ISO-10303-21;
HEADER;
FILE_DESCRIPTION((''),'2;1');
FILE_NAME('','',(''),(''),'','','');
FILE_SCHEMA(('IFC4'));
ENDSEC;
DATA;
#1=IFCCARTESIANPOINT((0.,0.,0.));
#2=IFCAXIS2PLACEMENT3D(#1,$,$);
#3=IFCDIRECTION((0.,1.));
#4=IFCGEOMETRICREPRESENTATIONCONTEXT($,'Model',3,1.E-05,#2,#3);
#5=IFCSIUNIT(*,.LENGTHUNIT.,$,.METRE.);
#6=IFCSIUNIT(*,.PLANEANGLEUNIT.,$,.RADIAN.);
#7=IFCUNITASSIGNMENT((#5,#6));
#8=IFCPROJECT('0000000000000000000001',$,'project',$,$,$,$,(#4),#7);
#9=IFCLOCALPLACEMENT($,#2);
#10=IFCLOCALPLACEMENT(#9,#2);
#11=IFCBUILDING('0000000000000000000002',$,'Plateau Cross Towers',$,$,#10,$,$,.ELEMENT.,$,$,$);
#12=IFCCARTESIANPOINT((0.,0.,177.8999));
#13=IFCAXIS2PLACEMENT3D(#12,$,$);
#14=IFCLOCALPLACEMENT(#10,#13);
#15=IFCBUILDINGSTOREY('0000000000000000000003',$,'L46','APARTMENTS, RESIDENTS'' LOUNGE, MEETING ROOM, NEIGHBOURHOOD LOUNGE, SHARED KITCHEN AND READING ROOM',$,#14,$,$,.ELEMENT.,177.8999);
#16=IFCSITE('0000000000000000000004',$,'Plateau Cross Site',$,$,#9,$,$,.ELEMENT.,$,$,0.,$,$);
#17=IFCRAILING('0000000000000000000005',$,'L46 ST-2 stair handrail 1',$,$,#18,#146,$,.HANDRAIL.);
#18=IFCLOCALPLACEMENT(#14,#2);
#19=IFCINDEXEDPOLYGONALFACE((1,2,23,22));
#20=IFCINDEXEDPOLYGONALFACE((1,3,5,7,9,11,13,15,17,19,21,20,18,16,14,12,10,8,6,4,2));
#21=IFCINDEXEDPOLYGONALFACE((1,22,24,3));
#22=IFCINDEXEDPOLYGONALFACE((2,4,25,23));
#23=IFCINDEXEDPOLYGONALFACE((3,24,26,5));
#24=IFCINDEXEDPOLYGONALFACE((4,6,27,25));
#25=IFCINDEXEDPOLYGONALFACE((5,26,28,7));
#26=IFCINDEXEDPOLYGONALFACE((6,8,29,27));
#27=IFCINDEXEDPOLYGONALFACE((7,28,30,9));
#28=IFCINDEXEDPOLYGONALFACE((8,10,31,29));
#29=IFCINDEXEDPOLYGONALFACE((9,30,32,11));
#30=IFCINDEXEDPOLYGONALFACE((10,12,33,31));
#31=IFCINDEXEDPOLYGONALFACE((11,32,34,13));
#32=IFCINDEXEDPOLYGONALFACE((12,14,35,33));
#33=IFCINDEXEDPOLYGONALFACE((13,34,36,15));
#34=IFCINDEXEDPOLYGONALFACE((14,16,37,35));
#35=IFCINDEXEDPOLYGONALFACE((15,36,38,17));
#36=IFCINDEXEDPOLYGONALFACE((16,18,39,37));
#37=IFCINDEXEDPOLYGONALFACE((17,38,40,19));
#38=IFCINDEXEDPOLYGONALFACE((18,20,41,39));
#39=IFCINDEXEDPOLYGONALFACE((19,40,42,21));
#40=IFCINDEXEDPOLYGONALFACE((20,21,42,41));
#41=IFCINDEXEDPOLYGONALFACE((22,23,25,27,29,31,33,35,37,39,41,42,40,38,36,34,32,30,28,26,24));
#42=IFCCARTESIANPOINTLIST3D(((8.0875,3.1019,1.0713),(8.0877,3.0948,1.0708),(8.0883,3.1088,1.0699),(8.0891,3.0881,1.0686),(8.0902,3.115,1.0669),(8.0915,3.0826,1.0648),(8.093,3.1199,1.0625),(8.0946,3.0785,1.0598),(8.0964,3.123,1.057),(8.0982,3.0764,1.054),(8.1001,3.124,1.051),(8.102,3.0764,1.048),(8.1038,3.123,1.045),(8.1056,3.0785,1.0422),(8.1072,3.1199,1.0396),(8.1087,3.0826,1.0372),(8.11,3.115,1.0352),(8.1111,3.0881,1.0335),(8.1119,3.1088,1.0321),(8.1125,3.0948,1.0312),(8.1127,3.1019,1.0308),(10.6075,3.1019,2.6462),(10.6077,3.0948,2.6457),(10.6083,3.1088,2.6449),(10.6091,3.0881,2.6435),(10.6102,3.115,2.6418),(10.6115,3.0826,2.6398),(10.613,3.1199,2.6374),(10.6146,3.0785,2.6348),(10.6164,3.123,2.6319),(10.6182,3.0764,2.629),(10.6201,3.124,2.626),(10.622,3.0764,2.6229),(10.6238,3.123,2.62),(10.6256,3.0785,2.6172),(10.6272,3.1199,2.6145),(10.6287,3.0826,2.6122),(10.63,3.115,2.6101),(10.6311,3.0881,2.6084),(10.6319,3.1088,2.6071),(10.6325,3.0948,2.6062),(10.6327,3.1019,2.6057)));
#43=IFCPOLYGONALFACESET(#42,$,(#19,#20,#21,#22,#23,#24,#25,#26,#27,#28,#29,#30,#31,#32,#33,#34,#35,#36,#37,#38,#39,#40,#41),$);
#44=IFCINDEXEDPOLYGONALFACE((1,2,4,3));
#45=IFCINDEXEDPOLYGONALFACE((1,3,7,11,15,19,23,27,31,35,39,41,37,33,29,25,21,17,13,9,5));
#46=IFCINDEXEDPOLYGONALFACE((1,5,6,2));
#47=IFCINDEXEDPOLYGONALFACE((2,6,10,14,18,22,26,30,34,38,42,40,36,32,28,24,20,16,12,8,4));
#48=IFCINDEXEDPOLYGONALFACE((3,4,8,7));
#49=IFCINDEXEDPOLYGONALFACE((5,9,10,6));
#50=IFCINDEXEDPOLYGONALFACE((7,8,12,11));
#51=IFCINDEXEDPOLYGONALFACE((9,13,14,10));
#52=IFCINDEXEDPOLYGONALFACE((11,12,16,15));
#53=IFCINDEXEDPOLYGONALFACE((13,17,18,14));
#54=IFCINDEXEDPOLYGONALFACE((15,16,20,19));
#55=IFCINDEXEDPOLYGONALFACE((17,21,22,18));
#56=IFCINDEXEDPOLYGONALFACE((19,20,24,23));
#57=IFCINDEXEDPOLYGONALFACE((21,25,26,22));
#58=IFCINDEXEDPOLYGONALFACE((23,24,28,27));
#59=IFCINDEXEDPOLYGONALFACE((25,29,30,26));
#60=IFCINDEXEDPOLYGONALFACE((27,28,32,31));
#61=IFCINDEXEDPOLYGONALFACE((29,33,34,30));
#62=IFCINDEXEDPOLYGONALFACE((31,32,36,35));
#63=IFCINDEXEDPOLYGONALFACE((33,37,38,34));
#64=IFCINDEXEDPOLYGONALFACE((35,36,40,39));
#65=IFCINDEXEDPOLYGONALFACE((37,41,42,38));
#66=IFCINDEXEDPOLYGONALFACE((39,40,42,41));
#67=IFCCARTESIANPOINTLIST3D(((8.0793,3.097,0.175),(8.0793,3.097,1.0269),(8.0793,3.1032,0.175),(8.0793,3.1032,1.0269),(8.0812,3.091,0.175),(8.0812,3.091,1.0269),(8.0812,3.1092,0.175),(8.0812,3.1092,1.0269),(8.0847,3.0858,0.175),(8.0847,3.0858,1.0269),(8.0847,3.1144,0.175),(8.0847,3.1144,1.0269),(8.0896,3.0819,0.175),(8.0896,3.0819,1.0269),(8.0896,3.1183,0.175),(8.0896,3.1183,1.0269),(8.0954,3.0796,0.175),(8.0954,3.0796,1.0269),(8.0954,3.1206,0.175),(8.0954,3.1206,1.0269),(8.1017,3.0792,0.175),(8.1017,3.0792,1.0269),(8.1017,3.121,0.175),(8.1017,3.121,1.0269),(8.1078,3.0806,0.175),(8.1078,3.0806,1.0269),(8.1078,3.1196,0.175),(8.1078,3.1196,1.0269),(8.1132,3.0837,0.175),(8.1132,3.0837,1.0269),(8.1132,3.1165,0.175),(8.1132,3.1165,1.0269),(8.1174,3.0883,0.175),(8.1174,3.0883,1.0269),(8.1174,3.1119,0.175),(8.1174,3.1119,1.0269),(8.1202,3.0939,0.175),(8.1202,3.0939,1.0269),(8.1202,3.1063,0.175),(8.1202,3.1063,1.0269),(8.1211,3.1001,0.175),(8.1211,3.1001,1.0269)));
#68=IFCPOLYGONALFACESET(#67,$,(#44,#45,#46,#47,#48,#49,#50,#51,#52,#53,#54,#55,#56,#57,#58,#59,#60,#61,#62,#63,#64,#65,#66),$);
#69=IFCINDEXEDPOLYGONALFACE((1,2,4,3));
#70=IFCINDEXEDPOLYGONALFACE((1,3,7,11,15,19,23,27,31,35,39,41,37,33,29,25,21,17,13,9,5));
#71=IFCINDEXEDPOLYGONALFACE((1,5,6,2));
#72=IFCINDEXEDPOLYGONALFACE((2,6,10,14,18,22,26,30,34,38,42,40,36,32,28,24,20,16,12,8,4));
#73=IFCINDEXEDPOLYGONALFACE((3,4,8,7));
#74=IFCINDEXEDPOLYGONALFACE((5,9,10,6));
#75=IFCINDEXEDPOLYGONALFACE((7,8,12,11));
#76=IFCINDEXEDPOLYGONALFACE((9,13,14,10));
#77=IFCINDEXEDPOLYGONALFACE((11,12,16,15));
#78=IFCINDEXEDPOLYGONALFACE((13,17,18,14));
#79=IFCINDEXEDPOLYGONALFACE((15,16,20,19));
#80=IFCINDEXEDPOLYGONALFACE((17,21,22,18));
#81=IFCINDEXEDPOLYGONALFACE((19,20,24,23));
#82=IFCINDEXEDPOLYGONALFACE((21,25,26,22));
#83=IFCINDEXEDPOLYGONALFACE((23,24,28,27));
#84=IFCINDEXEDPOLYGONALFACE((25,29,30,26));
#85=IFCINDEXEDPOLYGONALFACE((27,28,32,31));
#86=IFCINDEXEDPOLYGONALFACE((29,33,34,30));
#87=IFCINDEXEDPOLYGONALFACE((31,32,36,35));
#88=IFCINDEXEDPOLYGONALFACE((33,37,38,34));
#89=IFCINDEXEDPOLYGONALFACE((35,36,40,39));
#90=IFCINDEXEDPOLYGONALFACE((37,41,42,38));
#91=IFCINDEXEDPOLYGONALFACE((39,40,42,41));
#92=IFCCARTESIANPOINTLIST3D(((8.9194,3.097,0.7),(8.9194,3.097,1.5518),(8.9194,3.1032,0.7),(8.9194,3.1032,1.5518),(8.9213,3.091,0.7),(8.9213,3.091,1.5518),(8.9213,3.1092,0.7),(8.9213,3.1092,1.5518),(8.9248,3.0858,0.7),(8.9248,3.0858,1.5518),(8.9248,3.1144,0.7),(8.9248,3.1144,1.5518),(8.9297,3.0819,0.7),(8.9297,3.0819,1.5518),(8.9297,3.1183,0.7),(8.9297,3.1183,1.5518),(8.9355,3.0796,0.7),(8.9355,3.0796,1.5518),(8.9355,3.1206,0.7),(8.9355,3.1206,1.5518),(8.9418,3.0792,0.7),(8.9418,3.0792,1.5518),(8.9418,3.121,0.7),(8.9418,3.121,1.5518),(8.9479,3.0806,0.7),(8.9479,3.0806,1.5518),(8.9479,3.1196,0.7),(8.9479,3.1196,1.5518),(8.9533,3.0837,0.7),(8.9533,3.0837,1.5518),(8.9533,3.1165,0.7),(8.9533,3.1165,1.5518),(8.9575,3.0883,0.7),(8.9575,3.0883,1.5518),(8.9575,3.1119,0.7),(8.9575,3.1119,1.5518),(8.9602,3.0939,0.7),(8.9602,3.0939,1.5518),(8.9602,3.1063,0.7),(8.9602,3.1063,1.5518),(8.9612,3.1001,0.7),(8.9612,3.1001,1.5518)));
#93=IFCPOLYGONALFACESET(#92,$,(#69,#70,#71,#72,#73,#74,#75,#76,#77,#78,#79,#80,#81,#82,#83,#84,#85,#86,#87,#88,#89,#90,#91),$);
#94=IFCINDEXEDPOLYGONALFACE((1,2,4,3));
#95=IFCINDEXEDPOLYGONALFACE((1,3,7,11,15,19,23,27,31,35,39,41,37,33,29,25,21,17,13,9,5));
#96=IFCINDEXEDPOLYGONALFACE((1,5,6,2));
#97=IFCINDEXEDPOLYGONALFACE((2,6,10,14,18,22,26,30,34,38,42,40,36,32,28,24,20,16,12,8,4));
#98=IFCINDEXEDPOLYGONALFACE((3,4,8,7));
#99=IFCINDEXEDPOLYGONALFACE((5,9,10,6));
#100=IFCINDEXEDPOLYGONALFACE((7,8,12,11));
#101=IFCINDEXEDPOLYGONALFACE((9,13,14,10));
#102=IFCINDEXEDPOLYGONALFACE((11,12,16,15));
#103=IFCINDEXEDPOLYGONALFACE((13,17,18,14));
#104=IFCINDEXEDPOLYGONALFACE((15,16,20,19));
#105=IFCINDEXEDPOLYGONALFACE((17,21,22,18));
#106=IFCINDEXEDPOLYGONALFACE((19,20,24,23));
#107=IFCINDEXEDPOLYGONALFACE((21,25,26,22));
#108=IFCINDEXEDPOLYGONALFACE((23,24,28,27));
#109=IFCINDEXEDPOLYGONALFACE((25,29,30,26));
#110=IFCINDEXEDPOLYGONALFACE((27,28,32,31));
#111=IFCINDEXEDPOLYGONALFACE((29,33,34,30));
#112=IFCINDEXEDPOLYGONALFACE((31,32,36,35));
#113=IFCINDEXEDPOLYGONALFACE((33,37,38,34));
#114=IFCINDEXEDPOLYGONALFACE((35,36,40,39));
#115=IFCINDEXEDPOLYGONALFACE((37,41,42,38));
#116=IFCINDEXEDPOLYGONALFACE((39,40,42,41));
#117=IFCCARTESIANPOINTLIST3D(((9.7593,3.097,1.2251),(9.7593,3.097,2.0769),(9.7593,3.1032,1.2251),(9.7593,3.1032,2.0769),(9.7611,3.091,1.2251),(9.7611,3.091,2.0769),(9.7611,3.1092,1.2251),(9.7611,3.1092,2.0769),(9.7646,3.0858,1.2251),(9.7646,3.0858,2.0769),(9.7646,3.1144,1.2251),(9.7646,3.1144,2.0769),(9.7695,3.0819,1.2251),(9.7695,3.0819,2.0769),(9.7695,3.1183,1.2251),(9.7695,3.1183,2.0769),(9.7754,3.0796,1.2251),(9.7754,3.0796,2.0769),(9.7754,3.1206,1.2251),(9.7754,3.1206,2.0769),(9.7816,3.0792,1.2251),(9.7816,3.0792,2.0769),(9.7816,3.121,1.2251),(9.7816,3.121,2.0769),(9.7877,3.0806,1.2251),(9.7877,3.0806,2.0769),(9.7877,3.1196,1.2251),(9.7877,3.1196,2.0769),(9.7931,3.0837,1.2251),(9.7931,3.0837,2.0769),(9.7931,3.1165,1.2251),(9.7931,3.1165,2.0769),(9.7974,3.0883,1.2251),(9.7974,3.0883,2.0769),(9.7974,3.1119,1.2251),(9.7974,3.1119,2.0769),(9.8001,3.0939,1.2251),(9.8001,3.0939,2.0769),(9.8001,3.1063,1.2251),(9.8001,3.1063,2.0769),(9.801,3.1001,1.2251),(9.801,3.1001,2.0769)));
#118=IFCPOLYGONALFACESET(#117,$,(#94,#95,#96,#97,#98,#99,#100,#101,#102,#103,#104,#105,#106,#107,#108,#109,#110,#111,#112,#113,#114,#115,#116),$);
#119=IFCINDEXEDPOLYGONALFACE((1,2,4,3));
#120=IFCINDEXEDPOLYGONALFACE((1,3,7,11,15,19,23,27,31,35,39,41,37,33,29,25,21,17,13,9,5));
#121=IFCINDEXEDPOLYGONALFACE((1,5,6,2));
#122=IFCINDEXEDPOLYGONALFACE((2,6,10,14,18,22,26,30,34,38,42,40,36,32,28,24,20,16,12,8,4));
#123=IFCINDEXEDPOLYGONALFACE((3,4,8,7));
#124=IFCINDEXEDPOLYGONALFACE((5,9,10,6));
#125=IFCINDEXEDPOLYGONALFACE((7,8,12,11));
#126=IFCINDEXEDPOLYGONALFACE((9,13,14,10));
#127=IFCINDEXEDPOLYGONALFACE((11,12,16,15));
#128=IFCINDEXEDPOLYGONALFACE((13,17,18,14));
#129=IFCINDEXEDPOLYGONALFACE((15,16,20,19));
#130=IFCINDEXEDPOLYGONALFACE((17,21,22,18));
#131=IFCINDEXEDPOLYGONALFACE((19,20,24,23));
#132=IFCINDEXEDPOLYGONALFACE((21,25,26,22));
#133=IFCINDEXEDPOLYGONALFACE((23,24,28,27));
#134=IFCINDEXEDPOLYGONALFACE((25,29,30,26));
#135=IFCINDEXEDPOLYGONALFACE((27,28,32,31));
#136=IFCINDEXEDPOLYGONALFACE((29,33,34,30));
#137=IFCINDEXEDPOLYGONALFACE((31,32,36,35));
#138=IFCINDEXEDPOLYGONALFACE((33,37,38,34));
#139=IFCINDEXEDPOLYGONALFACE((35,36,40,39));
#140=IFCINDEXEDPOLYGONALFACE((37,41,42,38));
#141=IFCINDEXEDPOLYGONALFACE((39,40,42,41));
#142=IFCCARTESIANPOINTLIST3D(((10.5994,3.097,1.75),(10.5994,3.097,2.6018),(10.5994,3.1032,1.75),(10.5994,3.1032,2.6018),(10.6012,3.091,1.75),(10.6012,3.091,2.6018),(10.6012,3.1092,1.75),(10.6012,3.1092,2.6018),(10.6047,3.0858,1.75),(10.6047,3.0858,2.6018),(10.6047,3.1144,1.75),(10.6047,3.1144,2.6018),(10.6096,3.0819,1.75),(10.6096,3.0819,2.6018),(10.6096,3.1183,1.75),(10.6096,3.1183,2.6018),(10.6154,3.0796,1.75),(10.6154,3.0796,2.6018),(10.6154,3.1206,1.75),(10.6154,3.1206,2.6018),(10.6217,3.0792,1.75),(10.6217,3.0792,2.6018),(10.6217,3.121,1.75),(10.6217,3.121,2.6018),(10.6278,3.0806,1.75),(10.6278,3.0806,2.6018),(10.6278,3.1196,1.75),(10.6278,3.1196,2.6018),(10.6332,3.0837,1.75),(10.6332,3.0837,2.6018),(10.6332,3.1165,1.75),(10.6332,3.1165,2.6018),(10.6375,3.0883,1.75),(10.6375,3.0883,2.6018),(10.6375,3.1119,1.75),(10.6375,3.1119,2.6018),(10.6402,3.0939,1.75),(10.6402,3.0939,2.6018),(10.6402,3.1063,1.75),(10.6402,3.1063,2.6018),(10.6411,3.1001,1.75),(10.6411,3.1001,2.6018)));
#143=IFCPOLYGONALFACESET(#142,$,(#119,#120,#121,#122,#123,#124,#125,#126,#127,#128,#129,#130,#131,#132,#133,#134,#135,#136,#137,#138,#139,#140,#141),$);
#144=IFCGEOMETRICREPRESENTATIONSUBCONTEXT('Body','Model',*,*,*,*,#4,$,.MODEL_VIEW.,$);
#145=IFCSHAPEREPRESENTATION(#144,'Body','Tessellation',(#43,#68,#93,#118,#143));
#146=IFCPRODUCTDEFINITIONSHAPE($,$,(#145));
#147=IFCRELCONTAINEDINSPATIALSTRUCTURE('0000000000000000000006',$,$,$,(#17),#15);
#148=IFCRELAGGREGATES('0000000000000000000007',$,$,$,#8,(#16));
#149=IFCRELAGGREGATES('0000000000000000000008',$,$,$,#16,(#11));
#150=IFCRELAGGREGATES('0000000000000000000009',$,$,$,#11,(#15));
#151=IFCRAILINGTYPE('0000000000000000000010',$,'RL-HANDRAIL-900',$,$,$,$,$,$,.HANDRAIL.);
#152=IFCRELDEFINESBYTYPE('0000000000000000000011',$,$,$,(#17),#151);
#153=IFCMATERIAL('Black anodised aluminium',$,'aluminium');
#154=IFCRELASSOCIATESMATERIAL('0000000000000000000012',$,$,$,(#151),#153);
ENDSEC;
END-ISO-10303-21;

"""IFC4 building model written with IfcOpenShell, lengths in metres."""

from ifc_helpers import new_model, si_unit, direction, frame, origin, origin_2d, place, context, subcontext, project, spatial, circle, extrude, material, type_object, element, save


model = new_model("IFC4")

# Units and contexts
model_context = context("Model", 3, precision=1e-05, world=origin(), true_north=direction((0.0, 1.0)))
body_context = subcontext(model_context, "Body", "Model", "MODEL_VIEW")
ifc_project = project(units=[si_unit("LENGTHUNIT", "METRE"), si_unit("PLANEANGLEUNIT", "RADIAN")], contexts=[model_context])

# Site, building, storey
site_placement = place(None, origin())
site = spatial("IfcSite", under=ifc_project, at=site_placement, Name="Plateau Cross Site", CompositionType="ELEMENT", RefElevation=0.0)
building_placement = place(site_placement, origin())
building = spatial("IfcBuilding", under=site, at=building_placement, Name="Plateau Cross Towers", CompositionType="ELEMENT")
storey_placement = place(building_placement, frame((0.0, 0.0, 177.8999)))
storey = spatial("IfcBuildingStorey", under=building, at=storey_placement, Name="L46", Description="APARTMENTS, RESIDENTS' LOUNGE, MEETING ROOM, NEIGHBOURHOOD LOUNGE, SHARED KITCHEN AND READING ROOM", CompositionType="ELEMENT", Elevation=177.8999)

# Shared definitions
ifc_material_1 = material(Name="Black anodised aluminium", Category="aluminium")

# Railing
railing_type_1 = type_object("IfcRailingType", Name="RL-HANDRAIL-900", PredefinedType="HANDRAIL", material=ifc_material_1)
railing_1_placement = place(storey_placement, frame((8.1001, 3.1001, 0.175)))
element("IfcRailing", 1, at=railing_1_placement, inside=storey, type_object=railing_type_1, Name="L46 ST-2 stair handrail 1", PredefinedType="HANDRAIL", context=body_context, shape_type="SweptSolid", body=[
    extrude(circle(Radius=0.0239, at=origin_2d()), frame((0.0, 0.0, 0.876), z_axis=(0.848008, 0.0, 0.529984), x_axis=(0.0, 1.0, 0.0)), (0.0, 0.0, 1.0), 2.9717),
    extrude(circle(Radius=0.021, at=origin_2d()), origin(), (0.0, 0.0, 1.0), 0.8518),
    extrude(circle(Radius=0.021, at=origin_2d()), frame((0.8401, 0.0, 0.5249)), (0.0, 0.0, 1.0), 0.8518),
    extrude(circle(Radius=0.021, at=origin_2d()), frame((1.6799, 0.0, 1.05)), (0.0, 0.0, 1.0), 0.8518),
    extrude(circle(Radius=0.021, at=origin_2d()), frame((2.52, 0.0, 1.575)), (0.0, 0.0, 1.0), 0.8518),
])

save(model, "model.ifc")
